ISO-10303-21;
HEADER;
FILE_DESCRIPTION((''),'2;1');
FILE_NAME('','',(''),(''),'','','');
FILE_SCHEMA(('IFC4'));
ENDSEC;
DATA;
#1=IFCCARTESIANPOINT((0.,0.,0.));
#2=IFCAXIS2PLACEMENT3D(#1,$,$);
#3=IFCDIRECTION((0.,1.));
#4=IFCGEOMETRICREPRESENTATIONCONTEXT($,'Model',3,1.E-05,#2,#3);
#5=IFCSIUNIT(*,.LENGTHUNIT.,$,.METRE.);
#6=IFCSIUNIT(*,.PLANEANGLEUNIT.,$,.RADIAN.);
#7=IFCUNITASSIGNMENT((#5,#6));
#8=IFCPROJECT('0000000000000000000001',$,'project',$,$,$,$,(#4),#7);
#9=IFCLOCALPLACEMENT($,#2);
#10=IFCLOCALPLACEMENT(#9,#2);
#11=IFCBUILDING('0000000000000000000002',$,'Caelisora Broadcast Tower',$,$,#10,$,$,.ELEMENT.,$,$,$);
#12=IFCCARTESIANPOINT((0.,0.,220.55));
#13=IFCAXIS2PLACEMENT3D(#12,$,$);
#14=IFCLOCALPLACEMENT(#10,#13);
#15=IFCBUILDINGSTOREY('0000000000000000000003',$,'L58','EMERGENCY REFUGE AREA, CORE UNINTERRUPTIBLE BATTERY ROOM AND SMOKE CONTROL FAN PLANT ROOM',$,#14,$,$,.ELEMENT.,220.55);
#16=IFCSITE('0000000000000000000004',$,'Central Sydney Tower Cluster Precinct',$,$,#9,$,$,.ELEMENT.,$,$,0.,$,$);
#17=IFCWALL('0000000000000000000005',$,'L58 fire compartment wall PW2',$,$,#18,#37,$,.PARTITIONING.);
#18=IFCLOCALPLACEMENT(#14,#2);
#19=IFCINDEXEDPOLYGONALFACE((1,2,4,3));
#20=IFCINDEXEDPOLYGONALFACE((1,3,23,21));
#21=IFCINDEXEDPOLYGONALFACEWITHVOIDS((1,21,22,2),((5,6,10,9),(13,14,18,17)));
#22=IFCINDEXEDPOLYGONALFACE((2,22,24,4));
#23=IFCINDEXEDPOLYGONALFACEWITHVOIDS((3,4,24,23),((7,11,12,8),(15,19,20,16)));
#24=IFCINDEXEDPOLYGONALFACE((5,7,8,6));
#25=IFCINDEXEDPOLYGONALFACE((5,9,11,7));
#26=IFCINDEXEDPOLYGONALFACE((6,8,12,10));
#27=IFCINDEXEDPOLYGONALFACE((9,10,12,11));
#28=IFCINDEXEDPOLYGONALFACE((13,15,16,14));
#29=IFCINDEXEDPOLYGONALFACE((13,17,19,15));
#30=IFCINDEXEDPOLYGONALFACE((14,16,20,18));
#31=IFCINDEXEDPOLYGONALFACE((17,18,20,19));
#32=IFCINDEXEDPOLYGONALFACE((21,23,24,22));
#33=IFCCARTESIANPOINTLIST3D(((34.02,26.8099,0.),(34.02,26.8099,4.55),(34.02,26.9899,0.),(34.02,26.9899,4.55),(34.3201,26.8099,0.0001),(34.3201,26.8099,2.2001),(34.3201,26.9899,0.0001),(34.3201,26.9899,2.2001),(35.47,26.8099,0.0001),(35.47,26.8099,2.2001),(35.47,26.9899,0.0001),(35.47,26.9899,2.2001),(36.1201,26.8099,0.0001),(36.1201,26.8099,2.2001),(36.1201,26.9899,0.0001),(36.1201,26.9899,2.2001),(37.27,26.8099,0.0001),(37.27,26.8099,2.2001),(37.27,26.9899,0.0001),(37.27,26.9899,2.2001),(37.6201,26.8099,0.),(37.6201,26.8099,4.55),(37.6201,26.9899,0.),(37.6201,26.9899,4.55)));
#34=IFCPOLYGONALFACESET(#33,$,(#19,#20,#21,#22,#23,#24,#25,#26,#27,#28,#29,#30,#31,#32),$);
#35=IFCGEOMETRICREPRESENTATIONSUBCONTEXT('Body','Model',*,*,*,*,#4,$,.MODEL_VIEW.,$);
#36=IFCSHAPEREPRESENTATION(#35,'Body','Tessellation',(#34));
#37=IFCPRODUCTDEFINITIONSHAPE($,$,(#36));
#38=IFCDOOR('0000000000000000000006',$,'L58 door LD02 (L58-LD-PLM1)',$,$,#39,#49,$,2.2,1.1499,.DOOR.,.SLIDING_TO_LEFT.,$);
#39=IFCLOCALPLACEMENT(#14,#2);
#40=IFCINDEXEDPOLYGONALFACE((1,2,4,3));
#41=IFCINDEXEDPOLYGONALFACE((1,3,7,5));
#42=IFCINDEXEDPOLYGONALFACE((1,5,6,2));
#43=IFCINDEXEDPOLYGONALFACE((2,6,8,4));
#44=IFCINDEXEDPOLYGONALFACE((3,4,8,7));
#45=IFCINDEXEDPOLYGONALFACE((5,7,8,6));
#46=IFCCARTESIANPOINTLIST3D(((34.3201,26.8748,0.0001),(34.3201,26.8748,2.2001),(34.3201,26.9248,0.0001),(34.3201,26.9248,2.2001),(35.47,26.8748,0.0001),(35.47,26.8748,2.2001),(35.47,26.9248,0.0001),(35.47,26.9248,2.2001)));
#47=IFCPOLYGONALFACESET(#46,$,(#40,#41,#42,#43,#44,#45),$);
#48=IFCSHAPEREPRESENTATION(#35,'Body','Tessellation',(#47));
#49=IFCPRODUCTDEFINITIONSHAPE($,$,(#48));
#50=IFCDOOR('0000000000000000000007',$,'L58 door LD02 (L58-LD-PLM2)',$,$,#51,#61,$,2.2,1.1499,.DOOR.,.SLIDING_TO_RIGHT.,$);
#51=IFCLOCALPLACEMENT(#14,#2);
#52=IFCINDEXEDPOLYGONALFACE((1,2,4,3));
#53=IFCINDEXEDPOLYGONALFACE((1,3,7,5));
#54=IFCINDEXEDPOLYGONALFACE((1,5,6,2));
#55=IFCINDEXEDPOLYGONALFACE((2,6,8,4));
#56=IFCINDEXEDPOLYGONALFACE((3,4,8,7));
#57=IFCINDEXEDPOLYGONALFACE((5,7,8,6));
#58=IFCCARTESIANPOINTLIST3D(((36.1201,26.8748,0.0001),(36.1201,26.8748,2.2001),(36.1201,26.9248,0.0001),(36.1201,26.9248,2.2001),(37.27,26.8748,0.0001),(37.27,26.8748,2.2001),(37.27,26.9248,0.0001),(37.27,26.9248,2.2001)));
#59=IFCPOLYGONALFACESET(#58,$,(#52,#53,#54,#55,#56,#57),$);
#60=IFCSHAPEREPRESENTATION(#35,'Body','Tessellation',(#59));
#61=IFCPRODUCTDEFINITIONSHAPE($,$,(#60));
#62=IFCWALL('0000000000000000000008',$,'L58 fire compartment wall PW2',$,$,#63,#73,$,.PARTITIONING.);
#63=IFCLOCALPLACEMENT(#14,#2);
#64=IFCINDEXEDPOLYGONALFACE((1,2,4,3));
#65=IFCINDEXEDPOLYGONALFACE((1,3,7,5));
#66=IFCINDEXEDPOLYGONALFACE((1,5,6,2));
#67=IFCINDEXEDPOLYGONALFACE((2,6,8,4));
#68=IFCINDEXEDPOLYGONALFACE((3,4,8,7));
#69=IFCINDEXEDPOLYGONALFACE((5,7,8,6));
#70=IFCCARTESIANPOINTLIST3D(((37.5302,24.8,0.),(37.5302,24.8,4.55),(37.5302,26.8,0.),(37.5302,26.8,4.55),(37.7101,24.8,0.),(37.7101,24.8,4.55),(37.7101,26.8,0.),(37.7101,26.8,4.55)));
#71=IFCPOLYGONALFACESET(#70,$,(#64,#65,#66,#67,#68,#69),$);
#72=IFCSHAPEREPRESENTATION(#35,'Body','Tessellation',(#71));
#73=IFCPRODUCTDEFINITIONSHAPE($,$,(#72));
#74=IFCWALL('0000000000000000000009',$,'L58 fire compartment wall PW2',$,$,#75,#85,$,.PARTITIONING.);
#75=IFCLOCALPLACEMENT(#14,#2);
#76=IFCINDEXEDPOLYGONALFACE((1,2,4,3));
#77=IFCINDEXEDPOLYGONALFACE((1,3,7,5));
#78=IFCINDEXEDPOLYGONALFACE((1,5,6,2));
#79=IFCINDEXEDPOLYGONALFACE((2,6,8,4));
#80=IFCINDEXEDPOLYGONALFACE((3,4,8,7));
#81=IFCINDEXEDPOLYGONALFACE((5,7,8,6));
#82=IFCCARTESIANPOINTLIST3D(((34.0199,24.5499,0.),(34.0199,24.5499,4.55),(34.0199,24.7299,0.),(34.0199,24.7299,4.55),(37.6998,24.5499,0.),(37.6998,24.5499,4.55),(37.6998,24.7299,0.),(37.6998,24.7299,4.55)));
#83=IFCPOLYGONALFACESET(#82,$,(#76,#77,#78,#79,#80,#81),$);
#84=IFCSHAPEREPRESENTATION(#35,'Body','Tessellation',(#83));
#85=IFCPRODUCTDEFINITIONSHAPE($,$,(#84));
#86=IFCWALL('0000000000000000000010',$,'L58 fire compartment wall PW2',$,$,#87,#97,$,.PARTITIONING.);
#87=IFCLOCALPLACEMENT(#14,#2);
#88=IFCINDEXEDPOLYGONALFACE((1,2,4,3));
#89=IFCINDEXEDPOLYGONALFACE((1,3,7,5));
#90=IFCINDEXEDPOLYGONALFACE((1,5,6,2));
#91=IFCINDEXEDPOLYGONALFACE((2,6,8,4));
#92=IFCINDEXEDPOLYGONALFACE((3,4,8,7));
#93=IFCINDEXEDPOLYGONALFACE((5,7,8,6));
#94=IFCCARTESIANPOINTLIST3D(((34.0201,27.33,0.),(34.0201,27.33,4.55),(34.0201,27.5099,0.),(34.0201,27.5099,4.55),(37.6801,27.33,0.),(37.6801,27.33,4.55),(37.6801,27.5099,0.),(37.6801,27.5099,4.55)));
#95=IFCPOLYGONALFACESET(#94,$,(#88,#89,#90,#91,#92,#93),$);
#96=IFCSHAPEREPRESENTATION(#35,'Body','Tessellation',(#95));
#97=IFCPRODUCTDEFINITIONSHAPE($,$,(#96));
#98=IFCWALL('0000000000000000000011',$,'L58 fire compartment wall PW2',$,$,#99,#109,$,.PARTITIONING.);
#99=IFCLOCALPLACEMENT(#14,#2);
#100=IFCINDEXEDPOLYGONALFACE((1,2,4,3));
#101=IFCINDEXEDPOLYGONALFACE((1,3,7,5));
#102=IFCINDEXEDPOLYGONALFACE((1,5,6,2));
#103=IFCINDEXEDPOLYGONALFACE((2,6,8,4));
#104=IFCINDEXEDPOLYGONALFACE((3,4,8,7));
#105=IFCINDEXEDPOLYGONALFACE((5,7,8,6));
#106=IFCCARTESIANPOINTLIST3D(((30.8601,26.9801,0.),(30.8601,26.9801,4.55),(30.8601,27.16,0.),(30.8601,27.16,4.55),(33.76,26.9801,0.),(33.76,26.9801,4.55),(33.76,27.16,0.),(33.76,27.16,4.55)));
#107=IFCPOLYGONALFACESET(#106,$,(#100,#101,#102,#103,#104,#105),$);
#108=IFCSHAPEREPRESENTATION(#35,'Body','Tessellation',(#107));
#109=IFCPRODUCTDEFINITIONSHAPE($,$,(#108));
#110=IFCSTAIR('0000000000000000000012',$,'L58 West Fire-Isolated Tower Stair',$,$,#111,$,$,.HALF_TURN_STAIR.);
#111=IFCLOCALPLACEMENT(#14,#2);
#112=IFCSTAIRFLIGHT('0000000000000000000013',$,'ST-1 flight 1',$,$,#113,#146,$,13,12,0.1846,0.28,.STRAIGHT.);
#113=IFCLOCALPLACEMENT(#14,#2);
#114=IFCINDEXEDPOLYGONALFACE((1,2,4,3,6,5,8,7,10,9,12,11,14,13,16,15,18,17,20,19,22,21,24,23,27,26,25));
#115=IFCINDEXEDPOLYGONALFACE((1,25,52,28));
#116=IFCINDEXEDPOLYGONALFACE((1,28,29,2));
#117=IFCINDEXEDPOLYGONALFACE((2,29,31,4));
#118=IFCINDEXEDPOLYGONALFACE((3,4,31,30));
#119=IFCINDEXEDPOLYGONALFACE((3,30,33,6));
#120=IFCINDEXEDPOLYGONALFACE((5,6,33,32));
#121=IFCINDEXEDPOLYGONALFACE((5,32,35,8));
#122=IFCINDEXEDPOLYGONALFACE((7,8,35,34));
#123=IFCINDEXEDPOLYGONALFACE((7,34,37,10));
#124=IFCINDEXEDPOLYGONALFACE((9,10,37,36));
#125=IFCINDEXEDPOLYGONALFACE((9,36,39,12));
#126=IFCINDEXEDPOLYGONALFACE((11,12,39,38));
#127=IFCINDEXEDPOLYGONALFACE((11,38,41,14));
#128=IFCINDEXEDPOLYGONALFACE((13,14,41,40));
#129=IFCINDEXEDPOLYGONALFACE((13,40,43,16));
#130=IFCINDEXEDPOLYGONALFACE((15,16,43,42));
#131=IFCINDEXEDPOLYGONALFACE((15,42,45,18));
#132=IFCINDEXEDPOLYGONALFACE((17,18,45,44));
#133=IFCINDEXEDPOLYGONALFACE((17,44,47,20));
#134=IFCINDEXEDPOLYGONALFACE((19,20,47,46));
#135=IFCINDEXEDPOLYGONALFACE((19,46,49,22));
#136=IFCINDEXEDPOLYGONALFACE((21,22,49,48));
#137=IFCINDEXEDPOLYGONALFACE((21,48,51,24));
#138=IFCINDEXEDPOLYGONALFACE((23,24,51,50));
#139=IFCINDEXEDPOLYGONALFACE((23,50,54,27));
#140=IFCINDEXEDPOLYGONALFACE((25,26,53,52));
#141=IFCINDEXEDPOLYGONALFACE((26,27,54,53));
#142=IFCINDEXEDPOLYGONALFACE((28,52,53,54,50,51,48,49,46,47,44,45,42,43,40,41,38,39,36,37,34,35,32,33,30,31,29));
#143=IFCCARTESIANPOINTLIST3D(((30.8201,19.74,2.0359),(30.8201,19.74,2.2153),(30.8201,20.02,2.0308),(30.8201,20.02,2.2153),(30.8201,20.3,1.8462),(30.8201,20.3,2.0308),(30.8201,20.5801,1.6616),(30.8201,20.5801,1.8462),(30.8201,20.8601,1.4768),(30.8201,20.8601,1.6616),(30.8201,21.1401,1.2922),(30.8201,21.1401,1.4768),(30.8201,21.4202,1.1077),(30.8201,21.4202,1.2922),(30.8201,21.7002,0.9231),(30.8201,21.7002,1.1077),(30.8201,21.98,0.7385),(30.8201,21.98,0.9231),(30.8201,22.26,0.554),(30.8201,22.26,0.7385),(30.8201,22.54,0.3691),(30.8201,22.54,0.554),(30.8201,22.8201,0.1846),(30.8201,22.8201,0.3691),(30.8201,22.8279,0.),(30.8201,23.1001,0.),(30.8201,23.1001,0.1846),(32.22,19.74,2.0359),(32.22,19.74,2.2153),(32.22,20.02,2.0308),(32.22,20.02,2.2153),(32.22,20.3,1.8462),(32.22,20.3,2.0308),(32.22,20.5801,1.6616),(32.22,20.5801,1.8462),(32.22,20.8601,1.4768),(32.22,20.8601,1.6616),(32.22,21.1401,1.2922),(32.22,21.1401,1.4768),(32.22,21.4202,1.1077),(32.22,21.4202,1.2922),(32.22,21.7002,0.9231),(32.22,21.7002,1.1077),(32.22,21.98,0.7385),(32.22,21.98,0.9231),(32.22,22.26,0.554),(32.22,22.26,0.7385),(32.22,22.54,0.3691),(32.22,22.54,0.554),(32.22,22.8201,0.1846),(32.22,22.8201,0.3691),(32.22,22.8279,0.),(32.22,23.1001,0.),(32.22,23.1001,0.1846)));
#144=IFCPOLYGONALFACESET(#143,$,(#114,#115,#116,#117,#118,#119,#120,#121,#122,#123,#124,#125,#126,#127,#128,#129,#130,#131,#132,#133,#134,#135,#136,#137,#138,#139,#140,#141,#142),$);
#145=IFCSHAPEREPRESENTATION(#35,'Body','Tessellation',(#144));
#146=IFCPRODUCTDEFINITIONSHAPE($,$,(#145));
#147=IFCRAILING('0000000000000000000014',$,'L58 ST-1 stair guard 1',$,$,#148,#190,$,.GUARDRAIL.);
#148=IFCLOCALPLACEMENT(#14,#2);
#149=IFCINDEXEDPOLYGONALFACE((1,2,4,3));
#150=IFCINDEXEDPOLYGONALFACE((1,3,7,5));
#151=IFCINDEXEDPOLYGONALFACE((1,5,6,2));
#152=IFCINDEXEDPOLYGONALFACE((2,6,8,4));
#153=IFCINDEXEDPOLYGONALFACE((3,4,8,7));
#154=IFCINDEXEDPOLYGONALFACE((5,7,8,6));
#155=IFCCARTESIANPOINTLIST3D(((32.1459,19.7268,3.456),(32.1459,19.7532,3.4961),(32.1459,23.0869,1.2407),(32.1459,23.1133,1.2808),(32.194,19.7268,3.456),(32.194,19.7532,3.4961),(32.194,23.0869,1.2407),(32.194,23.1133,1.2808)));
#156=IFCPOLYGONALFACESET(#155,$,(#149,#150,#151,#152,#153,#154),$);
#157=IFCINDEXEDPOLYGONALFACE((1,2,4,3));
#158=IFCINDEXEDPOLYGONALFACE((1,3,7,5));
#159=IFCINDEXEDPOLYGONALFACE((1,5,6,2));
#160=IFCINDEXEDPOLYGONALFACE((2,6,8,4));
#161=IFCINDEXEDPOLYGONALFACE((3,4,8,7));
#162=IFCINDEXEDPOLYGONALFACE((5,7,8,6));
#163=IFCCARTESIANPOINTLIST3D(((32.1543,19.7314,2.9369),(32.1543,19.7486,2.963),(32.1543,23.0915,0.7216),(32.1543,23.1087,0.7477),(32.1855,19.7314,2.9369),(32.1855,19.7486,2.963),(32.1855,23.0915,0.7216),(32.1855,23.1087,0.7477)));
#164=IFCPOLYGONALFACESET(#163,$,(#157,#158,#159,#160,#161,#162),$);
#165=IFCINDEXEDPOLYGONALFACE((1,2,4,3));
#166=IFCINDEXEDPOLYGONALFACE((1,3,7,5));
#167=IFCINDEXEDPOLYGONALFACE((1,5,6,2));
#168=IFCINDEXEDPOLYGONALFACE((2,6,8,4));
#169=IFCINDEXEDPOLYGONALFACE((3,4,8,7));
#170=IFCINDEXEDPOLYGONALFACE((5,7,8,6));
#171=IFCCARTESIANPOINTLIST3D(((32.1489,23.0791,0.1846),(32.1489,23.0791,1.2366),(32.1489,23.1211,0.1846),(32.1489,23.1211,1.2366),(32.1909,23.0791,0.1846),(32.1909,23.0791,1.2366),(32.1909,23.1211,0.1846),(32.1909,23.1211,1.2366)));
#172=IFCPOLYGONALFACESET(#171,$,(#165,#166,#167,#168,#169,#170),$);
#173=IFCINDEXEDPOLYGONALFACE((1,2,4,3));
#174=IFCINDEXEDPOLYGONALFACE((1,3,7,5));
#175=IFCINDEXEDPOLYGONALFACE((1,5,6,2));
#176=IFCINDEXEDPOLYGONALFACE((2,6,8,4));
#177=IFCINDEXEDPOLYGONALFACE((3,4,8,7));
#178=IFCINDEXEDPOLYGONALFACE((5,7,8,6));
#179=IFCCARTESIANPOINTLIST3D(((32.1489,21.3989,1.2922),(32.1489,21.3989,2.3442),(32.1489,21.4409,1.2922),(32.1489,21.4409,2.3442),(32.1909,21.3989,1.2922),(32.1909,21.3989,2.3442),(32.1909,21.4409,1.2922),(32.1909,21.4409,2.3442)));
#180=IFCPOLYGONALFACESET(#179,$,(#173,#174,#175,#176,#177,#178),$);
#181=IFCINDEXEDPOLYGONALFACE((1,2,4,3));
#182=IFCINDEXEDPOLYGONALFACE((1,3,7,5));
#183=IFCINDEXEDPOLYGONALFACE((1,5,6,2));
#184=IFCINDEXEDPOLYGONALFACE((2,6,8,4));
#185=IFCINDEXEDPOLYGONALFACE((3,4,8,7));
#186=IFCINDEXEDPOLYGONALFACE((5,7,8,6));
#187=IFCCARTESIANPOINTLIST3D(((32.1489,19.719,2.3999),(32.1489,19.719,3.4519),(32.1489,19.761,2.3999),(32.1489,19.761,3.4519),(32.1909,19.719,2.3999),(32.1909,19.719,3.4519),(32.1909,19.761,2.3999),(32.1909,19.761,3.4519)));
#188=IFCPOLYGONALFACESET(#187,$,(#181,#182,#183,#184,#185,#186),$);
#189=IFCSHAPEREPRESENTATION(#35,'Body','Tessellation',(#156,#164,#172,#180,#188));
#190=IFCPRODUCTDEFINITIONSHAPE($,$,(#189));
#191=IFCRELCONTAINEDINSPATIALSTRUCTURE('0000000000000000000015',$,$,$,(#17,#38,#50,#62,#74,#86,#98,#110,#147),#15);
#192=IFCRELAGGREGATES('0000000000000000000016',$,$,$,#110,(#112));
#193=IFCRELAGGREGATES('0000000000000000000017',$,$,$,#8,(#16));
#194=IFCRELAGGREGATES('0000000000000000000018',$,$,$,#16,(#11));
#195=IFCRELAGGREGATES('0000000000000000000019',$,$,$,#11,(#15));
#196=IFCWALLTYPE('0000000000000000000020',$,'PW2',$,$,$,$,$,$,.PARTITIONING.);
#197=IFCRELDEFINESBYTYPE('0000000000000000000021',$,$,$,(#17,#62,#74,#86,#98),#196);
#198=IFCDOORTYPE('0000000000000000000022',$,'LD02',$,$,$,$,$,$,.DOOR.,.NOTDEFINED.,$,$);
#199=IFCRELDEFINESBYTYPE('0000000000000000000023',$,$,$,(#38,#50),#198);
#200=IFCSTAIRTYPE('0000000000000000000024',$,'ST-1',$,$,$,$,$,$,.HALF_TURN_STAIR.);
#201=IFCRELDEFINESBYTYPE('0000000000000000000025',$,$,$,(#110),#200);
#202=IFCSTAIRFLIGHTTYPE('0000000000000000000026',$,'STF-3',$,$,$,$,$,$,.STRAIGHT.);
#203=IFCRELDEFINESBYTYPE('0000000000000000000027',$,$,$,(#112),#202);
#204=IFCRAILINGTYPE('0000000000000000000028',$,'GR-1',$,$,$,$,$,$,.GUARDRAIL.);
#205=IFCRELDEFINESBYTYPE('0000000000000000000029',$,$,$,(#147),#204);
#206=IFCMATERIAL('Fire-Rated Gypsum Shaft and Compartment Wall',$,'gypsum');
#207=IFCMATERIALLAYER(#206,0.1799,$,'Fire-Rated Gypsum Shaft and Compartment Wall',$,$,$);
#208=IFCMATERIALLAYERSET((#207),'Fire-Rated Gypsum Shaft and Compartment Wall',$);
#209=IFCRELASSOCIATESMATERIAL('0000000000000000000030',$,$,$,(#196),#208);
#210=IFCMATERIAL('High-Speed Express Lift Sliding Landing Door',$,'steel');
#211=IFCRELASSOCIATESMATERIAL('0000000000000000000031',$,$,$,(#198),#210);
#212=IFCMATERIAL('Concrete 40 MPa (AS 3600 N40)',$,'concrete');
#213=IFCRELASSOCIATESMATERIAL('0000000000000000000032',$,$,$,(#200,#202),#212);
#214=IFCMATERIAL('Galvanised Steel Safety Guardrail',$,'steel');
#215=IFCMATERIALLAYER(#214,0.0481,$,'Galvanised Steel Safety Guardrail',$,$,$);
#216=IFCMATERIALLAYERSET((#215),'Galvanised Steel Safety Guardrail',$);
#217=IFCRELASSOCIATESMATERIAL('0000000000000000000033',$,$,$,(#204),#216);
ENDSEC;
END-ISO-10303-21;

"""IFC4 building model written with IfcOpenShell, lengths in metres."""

from ifc_helpers import new_model, si_unit, direction, frame, frame_2d, origin, origin_2d, place, context, subcontext, project, spatial, polyline, rectangle, outline, extrude, material, layer, layer_set, type_object, element, fill, aggregate, save


model = new_model("IFC4")

# Units and contexts
model_context = context("Model", 3, precision=1e-05, world=origin(), true_north=direction((0.0, 1.0)))
body_context = subcontext(model_context, "Body", "Model", "MODEL_VIEW")
ifc_project = project(units=[si_unit("LENGTHUNIT", "METRE"), si_unit("PLANEANGLEUNIT", "RADIAN")], contexts=[model_context])

# Site, building, storey
site_placement = place(None, origin())
site = spatial("IfcSite", under=ifc_project, at=site_placement, Name="Central Sydney Tower Cluster Precinct", CompositionType="ELEMENT", RefElevation=0.0)
building_placement = place(site_placement, origin())
building = spatial("IfcBuilding", under=site, at=building_placement, Name="Caelisora Broadcast Tower", CompositionType="ELEMENT")
storey_placement = place(building_placement, frame((0.0, 0.0, 220.55)))
storey = spatial("IfcBuildingStorey", under=building, at=storey_placement, Name="L58", Description="EMERGENCY REFUGE AREA, CORE UNINTERRUPTIBLE BATTERY ROOM AND SMOKE CONTROL FAN PLANT ROOM", CompositionType="ELEMENT", Elevation=220.55)

# Wall, openings, doors
ifc_material_1 = material(Name="Fire-Rated Gypsum Shaft and Compartment Wall", Category="gypsum")
ifc_layer_1 = layer(ifc_material_1, 0.1799, Name="Fire-Rated Gypsum Shaft and Compartment Wall")
ifc_layer_set_1 = layer_set([ifc_layer_1], Name="Fire-Rated Gypsum Shaft and Compartment Wall")
wall_type_1 = type_object("IfcWallType", Name="PW2", PredefinedType="PARTITIONING", material=ifc_layer_set_1)
wall_1_placement = place(storey_placement, frame((34.02, 26.8999, 0.0), z_axis=(0.0, 0.0, 1.0), x_axis=(1.0, 0.0, 0.0)))
wall_1 = element("IfcWall", 1, at=wall_1_placement, inside=storey, type_object=wall_type_1, Name="L58 fire compartment wall PW2", PredefinedType="PARTITIONING", context=body_context, shape_type="SweptSolid", body=[
    extrude(rectangle(XDim=3.6001, YDim=0.1799, at=frame_2d((1.8, 0.0))), origin(), (0.0, 0.0, 1.0), 4.55),
])
opening_1_placement = place(wall_1_placement, frame((0.3, 0.0, 0.0)))
opening_1 = element("IfcOpeningElement", 2, at=opening_1_placement, cuts=wall_1, PredefinedType="OPENING", context=body_context, shape_type="SweptSolid", body=[
    extrude(rectangle(XDim=1.1499, YDim=2.2, at=frame_2d((0.575, 1.1001))), frame((0.0, 0.1021, 0.0), z_axis=(0.0, -1.0, 0.0), x_axis=(1.0, 0.0, 0.0)), (0.0, 0.0, 1.0), 0.2039),
])
opening_2_placement = place(wall_1_placement, frame((2.1001, 0.0, 0.0)))
opening_2 = element("IfcOpeningElement", 3, at=opening_2_placement, cuts=wall_1, PredefinedType="OPENING", context=body_context, shape_type="SweptSolid", body=[
    extrude(rectangle(XDim=1.1499, YDim=2.2, at=frame_2d((0.575, 1.1001))), frame((0.0, 0.1021, 0.0), z_axis=(0.0, -1.0, 0.0), x_axis=(1.0, 0.0, 0.0)), (0.0, 0.0, 1.0), 0.2039),
])
ifc_material_2 = material(Name="High-Speed Express Lift Sliding Landing Door", Category="steel")
door_type = type_object("IfcDoorType", Name="LD02", OperationType="NOTDEFINED", PredefinedType="DOOR", material=ifc_material_2)
door_1_placement = place(opening_1_placement, origin())
door_1 = element("IfcDoor", 4, at=door_1_placement, inside=storey, type_object=door_type, Name="L58 door LD02 (L58-LD-PLM1)", OperationType="SLIDING_TO_LEFT", OverallHeight=2.2, OverallWidth=1.1499, PredefinedType="DOOR", context=body_context, shape_type="SweptSolid", body=[
    extrude(rectangle(XDim=1.1499, YDim=2.2, at=frame_2d((0.575, 1.1001))), frame((0.0, 0.0249, 0.0), z_axis=(0.0, -1.0, 0.0), x_axis=(1.0, 0.0, 0.0)), (0.0, 0.0, 1.0), 0.05),
])
fill(opening_1, door_1)
door_2_placement = place(opening_2_placement, origin())
door_2 = element("IfcDoor", 5, at=door_2_placement, inside=storey, type_object=door_type, Name="L58 door LD02 (L58-LD-PLM2)", OperationType="SLIDING_TO_RIGHT", OverallHeight=2.2, OverallWidth=1.1499, PredefinedType="DOOR", context=body_context, shape_type="SweptSolid", body=[
    extrude(rectangle(XDim=1.1499, YDim=2.2, at=frame_2d((0.575, 1.1001))), frame((0.0, 0.0249, 0.0), z_axis=(0.0, -1.0, 0.0), x_axis=(1.0, 0.0, 0.0)), (0.0, 0.0, 1.0), 0.05),
])
fill(opening_2, door_2)

# Walls
wall_2_placement = place(storey_placement, frame((37.6201, 24.8, 0.0), z_axis=(0.0, 0.0, 1.0), x_axis=(0.0, 1.0, 0.0)))
element("IfcWall", 6, at=wall_2_placement, inside=storey, type_object=wall_type_1, Name="L58 fire compartment wall PW2", PredefinedType="PARTITIONING", context=body_context, shape_type="SweptSolid", body=[
    extrude(rectangle(XDim=2.0, YDim=0.1799, at=frame_2d((1.0, 0.0))), origin(), (0.0, 0.0, 1.0), 4.55),
])
wall_3_placement = place(storey_placement, frame((34.02, 24.6399, 0.0), z_axis=(0.0, 0.0, 1.0), x_axis=(1.0, 0.0, 0.0)))
element("IfcWall", 7, at=wall_3_placement, inside=storey, type_object=wall_type_1, Name="L58 fire compartment wall PW2", PredefinedType="PARTITIONING", context=body_context, shape_type="SweptSolid", body=[
    extrude(rectangle(XDim=3.6799, YDim=0.1799, at=frame_2d((1.8398, 0.0))), origin(), (0.0, 0.0, 1.0), 4.55),
])
wall_4_placement = place(storey_placement, frame((34.02, 27.4199, 0.0), z_axis=(0.0, 0.0, 1.0), x_axis=(1.0, 0.0, 0.0)))
element("IfcWall", 8, at=wall_4_placement, inside=storey, type_object=wall_type_1, Name="L58 fire compartment wall PW2", PredefinedType="PARTITIONING", context=body_context, shape_type="SweptSolid", body=[
    extrude(rectangle(XDim=3.6599, YDim=0.1799, at=frame_2d((1.8301, 0.0))), origin(), (0.0, 0.0, 1.0), 4.55),
])
wall_5_placement = place(storey_placement, frame((30.8601, 27.0701, 0.0), z_axis=(0.0, 0.0, 1.0), x_axis=(1.0, 0.0, 0.0)))
element("IfcWall", 9, at=wall_5_placement, inside=storey, type_object=wall_type_1, Name="L58 fire compartment wall PW2", PredefinedType="PARTITIONING", context=body_context, shape_type="SweptSolid", body=[
    extrude(rectangle(XDim=2.8999, YDim=0.1799, at=frame_2d((1.45, 0.0))), origin(), (0.0, 0.0, 1.0), 4.55),
])

# Stair, stair flight
ifc_material_3 = material(Name="Concrete 40 MPa (AS 3600 N40)", Category="concrete")
stair_type = type_object("IfcStairType", Name="ST-1", PredefinedType="HALF_TURN_STAIR", material=ifc_material_3)
stair_placement = place(storey_placement, origin())
stair = element("IfcStair", 10, at=stair_placement, inside=storey, type_object=stair_type, Name="L58 West Fire-Isolated Tower Stair", PredefinedType="HALF_TURN_STAIR")
stair_flight_type = type_object("IfcStairFlightType", Name="STF-3", PredefinedType="STRAIGHT", material=ifc_material_3)
stair_flight_placement = place(storey_placement, frame((31.52, 23.1001, 0.0), z_axis=(0.0, 0.0, 1.0), x_axis=(0.0, -1.0, 0.0)))
stair_flight = element("IfcStairFlight", 11, at=stair_flight_placement, type_object=stair_flight_type, Name="ST-1 flight 1", NumberOfRisers=13, NumberOfTreads=12, PredefinedType="STRAIGHT", RiserHeight=0.1846, TreadLength=0.28, context=body_context, shape_type="SweptSolid", body=[
    extrude(outline(polyline([(0.0, 0.0), (0.0, 0.1846), (0.28, 0.1846), (0.28, 0.3691), (0.5601, 0.3691), (0.5601, 0.554), (0.8401, 0.554), (0.8401, 0.7385), (1.1201, 0.7385), (1.1201, 0.9231), (1.3999, 0.9231), (1.3999, 1.1077), (1.6799, 1.1077), (1.6799, 1.2922), (1.96, 1.2922), (1.96, 1.4768), (2.24, 1.4768), (2.24, 1.6616), (2.52, 1.6616), (2.52, 1.8462), (2.8, 1.8462), (2.8, 2.0308), (3.0801, 2.0308), (3.0801, 2.2153), (3.3601, 2.2153), (3.3601, 2.3999), (3.3601, 2.0359), (0.2722, 0.0), (0.0, 0.0)])), frame((0.0, 0.7, 0.0), z_axis=(0.0, -1.0, 0.0), x_axis=(1.0, 0.0, 0.0)), (0.0, 0.0, 1.0), 1.3999),
])
aggregate(stair, [stair_flight])

# Railing
ifc_material_4 = material(Name="Galvanised Steel Safety Guardrail", Category="steel")
ifc_layer_2 = layer(ifc_material_4, 0.0481, Name="Galvanised Steel Safety Guardrail")
ifc_layer_set_2 = layer_set([ifc_layer_2], Name="Galvanised Steel Safety Guardrail")
railing_type_1 = type_object("IfcRailingType", Name="GR-1", PredefinedType="GUARDRAIL", material=ifc_layer_set_2)
railing_1_placement = place(storey_placement, frame((32.1699, 23.1001, 0.1846)))
element("IfcRailing", 12, at=railing_1_placement, inside=storey, type_object=railing_type_1, Name="L58 ST-1 stair guard 1", PredefinedType="GUARDRAIL", context=body_context, shape_type="SweptSolid", body=[
    extrude(rectangle(XDim=0.0481, YDim=0.0481, at=origin_2d()), frame((0.0, 0.0, 1.0762), z_axis=(0.0, -0.834876, 0.550437), x_axis=(1.0, 0.0, 0.0)), (0.0, 0.0, 1.0), 4.0247),
    extrude(rectangle(XDim=0.0312, YDim=0.0312, at=origin_2d()), frame((0.0, 0.0, 0.55), z_axis=(0.0, -0.834876, 0.550437), x_axis=(1.0, 0.0, 0.0)), (0.0, 0.0, 1.0), 4.0247),
    extrude(rectangle(XDim=0.042, YDim=0.042, at=origin_2d()), origin(), (0.0, 0.0, 1.0), 1.052),
    extrude(rectangle(XDim=0.042, YDim=0.042, at=origin_2d()), frame((0.0, -1.6802, 1.1077)), (0.0, 0.0, 1.0), 1.052),
    extrude(rectangle(XDim=0.042, YDim=0.042, at=origin_2d()), frame((0.0, -3.3601, 2.2153)), (0.0, 0.0, 1.0), 1.052),
])

save(model, "model.ifc")
